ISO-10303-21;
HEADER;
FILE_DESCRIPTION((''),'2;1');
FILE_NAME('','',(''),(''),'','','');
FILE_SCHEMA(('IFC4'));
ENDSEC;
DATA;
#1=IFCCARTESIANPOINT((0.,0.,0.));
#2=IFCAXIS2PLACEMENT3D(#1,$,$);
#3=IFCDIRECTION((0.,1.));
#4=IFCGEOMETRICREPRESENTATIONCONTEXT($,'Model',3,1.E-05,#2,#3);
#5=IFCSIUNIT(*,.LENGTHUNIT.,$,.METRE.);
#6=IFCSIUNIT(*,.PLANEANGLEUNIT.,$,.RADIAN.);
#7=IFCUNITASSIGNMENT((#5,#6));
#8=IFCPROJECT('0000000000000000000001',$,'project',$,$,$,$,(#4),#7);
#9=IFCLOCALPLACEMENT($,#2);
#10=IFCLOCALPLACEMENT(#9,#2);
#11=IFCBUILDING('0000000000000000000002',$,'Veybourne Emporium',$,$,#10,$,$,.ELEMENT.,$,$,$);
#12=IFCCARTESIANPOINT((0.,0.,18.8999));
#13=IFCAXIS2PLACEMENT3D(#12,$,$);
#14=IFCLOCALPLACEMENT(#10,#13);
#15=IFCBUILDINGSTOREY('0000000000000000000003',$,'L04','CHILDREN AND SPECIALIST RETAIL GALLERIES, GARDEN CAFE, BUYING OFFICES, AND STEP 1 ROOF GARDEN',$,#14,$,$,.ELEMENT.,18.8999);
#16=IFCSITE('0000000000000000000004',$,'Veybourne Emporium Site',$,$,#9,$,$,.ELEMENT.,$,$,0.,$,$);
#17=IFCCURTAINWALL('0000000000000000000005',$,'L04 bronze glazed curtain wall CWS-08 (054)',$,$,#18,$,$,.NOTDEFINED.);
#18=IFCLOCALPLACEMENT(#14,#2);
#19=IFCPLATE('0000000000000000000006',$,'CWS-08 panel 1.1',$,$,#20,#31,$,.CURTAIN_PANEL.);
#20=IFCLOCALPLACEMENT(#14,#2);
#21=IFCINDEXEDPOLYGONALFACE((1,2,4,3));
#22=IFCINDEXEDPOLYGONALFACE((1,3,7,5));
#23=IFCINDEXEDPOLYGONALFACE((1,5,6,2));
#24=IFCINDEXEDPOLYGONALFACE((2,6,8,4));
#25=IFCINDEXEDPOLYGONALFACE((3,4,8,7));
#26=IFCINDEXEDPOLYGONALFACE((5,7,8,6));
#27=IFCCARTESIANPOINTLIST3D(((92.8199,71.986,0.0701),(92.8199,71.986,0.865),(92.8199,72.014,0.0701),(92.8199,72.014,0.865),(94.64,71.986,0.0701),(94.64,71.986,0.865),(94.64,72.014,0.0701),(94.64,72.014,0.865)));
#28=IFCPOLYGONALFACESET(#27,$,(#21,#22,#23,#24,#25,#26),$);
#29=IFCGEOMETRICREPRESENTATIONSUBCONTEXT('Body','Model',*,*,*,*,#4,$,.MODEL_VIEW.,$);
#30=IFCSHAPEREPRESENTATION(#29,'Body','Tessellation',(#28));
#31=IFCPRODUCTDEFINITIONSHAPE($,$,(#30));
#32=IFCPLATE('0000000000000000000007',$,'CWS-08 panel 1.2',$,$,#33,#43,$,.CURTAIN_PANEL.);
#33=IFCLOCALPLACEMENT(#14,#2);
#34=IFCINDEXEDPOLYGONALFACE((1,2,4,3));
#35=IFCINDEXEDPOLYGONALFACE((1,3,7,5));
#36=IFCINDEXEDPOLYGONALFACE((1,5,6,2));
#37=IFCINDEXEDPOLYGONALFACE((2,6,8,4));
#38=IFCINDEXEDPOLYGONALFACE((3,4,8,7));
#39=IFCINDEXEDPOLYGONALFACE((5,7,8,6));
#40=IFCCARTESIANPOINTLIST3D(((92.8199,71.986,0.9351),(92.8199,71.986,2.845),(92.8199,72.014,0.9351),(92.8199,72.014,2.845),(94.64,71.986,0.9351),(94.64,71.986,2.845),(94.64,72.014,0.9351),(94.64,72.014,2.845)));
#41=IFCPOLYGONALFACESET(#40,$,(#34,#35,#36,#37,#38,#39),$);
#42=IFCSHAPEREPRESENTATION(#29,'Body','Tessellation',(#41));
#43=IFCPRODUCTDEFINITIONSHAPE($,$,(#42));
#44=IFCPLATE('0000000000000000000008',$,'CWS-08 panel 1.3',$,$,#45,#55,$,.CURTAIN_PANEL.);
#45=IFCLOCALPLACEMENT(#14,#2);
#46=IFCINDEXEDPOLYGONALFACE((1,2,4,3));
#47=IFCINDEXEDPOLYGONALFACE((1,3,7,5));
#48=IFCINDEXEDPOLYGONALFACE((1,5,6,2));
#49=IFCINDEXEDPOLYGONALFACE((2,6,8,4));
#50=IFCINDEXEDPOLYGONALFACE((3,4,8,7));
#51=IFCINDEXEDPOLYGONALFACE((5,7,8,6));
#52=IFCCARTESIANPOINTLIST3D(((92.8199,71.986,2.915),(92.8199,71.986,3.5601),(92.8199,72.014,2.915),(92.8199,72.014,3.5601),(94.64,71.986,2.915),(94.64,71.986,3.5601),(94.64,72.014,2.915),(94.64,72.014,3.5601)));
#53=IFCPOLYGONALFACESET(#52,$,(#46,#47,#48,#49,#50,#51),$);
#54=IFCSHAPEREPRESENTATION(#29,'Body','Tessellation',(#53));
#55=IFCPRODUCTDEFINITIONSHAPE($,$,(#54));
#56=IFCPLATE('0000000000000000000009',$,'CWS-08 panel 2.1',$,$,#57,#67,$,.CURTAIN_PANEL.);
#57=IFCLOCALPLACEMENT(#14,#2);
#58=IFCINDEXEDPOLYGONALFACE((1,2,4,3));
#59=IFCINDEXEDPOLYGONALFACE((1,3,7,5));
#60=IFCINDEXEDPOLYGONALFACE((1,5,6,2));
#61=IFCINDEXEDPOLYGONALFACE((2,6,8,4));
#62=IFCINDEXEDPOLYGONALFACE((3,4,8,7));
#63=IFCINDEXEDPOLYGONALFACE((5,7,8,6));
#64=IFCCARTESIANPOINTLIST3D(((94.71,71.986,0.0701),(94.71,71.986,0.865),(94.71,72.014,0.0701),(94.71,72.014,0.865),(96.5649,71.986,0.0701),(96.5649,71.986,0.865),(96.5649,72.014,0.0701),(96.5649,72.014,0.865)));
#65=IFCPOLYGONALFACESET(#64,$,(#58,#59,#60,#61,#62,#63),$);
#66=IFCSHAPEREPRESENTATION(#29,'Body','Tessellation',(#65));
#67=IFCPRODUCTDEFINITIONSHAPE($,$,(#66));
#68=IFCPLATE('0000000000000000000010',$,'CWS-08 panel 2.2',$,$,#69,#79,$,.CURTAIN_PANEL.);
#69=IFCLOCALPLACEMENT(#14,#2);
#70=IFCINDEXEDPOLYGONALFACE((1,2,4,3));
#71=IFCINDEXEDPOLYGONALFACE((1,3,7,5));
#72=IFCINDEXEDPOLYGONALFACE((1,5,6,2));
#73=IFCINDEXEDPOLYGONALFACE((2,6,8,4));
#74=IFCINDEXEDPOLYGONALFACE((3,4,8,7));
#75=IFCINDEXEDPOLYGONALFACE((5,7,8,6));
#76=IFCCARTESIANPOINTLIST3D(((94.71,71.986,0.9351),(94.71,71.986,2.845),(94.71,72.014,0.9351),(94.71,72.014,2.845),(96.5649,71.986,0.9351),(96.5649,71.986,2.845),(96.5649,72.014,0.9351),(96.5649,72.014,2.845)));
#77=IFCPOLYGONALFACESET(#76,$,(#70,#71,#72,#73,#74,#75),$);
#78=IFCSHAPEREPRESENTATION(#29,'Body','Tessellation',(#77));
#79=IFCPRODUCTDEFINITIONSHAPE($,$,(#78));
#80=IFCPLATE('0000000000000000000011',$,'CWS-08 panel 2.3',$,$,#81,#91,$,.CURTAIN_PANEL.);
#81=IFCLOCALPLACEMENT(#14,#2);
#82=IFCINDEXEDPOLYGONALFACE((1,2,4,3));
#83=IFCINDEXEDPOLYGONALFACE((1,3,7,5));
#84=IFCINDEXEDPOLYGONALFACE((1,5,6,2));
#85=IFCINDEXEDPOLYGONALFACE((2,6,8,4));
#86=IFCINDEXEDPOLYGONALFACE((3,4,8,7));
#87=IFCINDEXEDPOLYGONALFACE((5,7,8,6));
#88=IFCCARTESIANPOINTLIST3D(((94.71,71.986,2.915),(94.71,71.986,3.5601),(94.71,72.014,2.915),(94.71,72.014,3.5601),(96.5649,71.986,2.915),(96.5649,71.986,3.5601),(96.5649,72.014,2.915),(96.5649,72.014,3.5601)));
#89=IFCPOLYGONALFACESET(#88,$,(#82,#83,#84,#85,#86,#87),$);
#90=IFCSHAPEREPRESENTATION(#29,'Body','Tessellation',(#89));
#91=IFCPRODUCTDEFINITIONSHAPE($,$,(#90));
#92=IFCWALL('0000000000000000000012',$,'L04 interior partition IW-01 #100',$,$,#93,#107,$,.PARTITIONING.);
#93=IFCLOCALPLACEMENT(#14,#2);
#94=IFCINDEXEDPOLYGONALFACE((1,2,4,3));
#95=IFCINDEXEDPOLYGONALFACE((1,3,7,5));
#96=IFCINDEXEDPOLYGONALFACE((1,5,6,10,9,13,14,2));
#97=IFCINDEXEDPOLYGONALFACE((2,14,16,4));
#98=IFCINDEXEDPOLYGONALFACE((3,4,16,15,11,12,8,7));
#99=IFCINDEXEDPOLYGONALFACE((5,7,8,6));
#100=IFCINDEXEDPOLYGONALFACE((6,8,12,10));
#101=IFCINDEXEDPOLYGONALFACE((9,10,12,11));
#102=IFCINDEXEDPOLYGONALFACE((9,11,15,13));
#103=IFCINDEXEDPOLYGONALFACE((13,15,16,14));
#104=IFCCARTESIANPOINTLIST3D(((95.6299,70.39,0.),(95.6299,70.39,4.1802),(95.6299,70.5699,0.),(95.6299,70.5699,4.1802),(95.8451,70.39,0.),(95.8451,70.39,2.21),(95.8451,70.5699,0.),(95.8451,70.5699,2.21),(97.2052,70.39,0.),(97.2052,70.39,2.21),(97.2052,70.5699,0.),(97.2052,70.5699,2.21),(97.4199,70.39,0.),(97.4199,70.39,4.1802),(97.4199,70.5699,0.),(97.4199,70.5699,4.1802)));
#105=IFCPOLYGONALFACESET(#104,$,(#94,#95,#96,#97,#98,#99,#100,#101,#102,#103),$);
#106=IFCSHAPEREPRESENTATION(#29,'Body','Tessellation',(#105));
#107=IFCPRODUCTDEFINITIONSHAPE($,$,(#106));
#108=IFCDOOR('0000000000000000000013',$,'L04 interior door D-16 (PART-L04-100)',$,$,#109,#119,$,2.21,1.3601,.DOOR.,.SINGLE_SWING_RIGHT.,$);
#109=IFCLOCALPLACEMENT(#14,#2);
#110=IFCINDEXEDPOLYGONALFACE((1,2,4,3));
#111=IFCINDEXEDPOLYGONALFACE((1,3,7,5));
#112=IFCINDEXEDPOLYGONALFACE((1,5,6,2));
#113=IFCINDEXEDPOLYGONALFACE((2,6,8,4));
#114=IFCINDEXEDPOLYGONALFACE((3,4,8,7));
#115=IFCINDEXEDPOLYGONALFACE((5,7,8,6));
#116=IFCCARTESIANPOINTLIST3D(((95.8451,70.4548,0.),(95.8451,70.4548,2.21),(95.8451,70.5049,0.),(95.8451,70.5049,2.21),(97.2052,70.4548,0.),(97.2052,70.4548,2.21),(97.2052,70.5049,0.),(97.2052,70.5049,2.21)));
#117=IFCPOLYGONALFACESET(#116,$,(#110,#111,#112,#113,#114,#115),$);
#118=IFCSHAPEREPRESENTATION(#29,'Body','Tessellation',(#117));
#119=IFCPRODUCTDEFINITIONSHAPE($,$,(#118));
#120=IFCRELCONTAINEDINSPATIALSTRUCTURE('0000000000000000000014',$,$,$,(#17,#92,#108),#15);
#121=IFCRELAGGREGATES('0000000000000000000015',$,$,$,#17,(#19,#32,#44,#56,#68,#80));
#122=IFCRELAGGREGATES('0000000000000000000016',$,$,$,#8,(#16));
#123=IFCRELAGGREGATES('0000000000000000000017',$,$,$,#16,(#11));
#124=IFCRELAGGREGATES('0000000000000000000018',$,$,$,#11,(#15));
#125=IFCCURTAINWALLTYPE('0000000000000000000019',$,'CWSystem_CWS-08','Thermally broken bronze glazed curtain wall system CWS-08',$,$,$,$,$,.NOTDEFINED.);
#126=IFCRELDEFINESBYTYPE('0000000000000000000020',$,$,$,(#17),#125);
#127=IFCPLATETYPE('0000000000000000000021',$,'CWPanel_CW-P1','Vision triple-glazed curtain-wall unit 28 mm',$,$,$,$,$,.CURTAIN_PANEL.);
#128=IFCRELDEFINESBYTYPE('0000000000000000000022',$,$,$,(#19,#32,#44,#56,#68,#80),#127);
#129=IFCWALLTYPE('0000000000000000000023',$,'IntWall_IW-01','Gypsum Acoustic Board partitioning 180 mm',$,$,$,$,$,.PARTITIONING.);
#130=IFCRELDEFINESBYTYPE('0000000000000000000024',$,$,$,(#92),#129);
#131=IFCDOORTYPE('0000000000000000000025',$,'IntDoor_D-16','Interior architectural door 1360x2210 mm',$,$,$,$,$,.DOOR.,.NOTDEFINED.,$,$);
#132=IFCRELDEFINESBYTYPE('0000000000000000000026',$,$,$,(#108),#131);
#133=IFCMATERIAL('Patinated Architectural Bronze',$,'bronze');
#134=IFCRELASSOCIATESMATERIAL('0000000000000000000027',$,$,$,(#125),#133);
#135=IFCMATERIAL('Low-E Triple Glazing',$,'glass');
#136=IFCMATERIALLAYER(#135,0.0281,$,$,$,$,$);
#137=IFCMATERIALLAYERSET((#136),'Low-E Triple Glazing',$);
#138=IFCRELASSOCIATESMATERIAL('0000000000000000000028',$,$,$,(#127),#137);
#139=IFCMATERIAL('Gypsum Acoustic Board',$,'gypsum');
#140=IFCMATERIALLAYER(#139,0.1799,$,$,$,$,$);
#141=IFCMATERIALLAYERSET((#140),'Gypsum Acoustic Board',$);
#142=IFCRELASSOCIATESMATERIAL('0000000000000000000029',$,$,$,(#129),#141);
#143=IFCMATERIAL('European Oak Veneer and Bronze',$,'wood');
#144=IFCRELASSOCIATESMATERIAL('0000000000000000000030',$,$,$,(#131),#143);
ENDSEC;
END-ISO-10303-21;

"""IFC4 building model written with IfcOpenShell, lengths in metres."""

from ifc_helpers import new_model, si_unit, direction, frame, frame_2d, origin, origin_2d, place, context, subcontext, project, spatial, rectangle, extrude, material, layer, layer_set, type_object, element, fill, aggregate, save


model = new_model("IFC4")

# Units and contexts
model_context = context("Model", 3, precision=1e-05, world=origin(), true_north=direction((0.0, 1.0)))
body_context = subcontext(model_context, "Body", "Model", "MODEL_VIEW")
ifc_project = project(units=[si_unit("LENGTHUNIT", "METRE"), si_unit("PLANEANGLEUNIT", "RADIAN")], contexts=[model_context])

# Site, building, storey
site_placement = place(None, origin())
site = spatial("IfcSite", under=ifc_project, at=site_placement, Name="Veybourne Emporium Site", CompositionType="ELEMENT", RefElevation=0.0)
building_placement = place(site_placement, origin())
building = spatial("IfcBuilding", under=site, at=building_placement, Name="Veybourne Emporium", CompositionType="ELEMENT")
storey_placement = place(building_placement, frame((0.0, 0.0, 18.8999)))
storey = spatial("IfcBuildingStorey", under=building, at=storey_placement, Name="L04", Description="CHILDREN AND SPECIALIST RETAIL GALLERIES, GARDEN CAFE, BUYING OFFICES, AND STEP 1 ROOF GARDEN", CompositionType="ELEMENT", Elevation=18.8999)

# Curtain wall
ifc_material_1 = material(Name="Patinated Architectural Bronze", Category="bronze")
curtain_wall_type = type_object("IfcCurtainWallType", Name="CWSystem_CWS-08", Description="Thermally broken bronze glazed curtain wall system CWS-08", PredefinedType="NOTDEFINED", material=ifc_material_1)
curtain_wall_placement = place(storey_placement, origin())
curtain_wall = element("IfcCurtainWall", 1, at=curtain_wall_placement, inside=storey, type_object=curtain_wall_type, Name="L04 bronze glazed curtain wall CWS-08 (054)", PredefinedType="NOTDEFINED")

# Plates
ifc_material_2 = material(Name="Low-E Triple Glazing", Category="glass")
ifc_layer_1 = layer(ifc_material_2, 0.0281)
ifc_layer_set_1 = layer_set([ifc_layer_1], Name="Low-E Triple Glazing")
plate_type = type_object("IfcPlateType", Name="CWPanel_CW-P1", Description="Vision triple-glazed curtain-wall unit 28 mm", PredefinedType="CURTAIN_PANEL", material=ifc_layer_set_1)
plate_1_placement = place(storey_placement, frame((93.73, 72.0, 0.0701), z_axis=(0.0, 0.0, 1.0), x_axis=(1.0, 0.0, 0.0)))
plate_1 = element("IfcPlate", 2, at=plate_1_placement, type_object=plate_type, Name="CWS-08 panel 1.1", PredefinedType="CURTAIN_PANEL", context=body_context, shape_type="SweptSolid", body=[
    extrude(rectangle(XDim=1.8201, YDim=0.0281, at=origin_2d()), origin(), (0.0, 0.0, 1.0), 0.7949),
])
plate_2_placement = place(storey_placement, frame((93.73, 72.0, 0.9351), z_axis=(0.0, 0.0, 1.0), x_axis=(1.0, 0.0, 0.0)))
plate_2 = element("IfcPlate", 3, at=plate_2_placement, type_object=plate_type, Name="CWS-08 panel 1.2", PredefinedType="CURTAIN_PANEL", context=body_context, shape_type="SweptSolid", body=[
    extrude(rectangle(XDim=1.8201, YDim=0.0281, at=origin_2d()), origin(), (0.0, 0.0, 1.0), 1.9099),
])
plate_3_placement = place(storey_placement, frame((93.73, 72.0, 2.915), z_axis=(0.0, 0.0, 1.0), x_axis=(1.0, 0.0, 0.0)))
plate_3 = element("IfcPlate", 4, at=plate_3_placement, type_object=plate_type, Name="CWS-08 panel 1.3", PredefinedType="CURTAIN_PANEL", context=body_context, shape_type="SweptSolid", body=[
    extrude(rectangle(XDim=1.8201, YDim=0.0281, at=origin_2d()), origin(), (0.0, 0.0, 1.0), 0.645),
])
plate_4_placement = place(storey_placement, frame((95.6375, 72.0, 0.0701), z_axis=(0.0, 0.0, 1.0), x_axis=(1.0, 0.0, 0.0)))
plate_4 = element("IfcPlate", 5, at=plate_4_placement, type_object=plate_type, Name="CWS-08 panel 2.1", PredefinedType="CURTAIN_PANEL", context=body_context, shape_type="SweptSolid", body=[
    extrude(rectangle(XDim=1.855, YDim=0.0281, at=origin_2d()), origin(), (0.0, 0.0, 1.0), 0.7949),
])
plate_5_placement = place(storey_placement, frame((95.6375, 72.0, 0.9351), z_axis=(0.0, 0.0, 1.0), x_axis=(1.0, 0.0, 0.0)))
plate_5 = element("IfcPlate", 6, at=plate_5_placement, type_object=plate_type, Name="CWS-08 panel 2.2", PredefinedType="CURTAIN_PANEL", context=body_context, shape_type="SweptSolid", body=[
    extrude(rectangle(XDim=1.855, YDim=0.0281, at=origin_2d()), origin(), (0.0, 0.0, 1.0), 1.9099),
])
plate_6_placement = place(storey_placement, frame((95.6375, 72.0, 2.915), z_axis=(0.0, 0.0, 1.0), x_axis=(1.0, 0.0, 0.0)))
plate_6 = element("IfcPlate", 7, at=plate_6_placement, type_object=plate_type, Name="CWS-08 panel 2.3", PredefinedType="CURTAIN_PANEL", context=body_context, shape_type="SweptSolid", body=[
    extrude(rectangle(XDim=1.855, YDim=0.0281, at=origin_2d()), origin(), (0.0, 0.0, 1.0), 0.645),
])
aggregate(curtain_wall, [plate_1, plate_2, plate_3, plate_4, plate_5, plate_6])

# Wall, opening, door
ifc_material_3 = material(Name="Gypsum Acoustic Board", Category="gypsum")
ifc_layer_2 = layer(ifc_material_3, 0.1799)
ifc_layer_set_2 = layer_set([ifc_layer_2], Name="Gypsum Acoustic Board")
wall_type = type_object("IfcWallType", Name="IntWall_IW-01", Description="Gypsum Acoustic Board partitioning 180 mm", PredefinedType="PARTITIONING", material=ifc_layer_set_2)
wall_placement = place(storey_placement, frame((95.6299, 70.48, 0.0), z_axis=(0.0, 0.0, 1.0), x_axis=(1.0, 0.0, 0.0)))
wall = element("IfcWall", 8, at=wall_placement, inside=storey, type_object=wall_type, Name="L04 interior partition IW-01 #100", PredefinedType="PARTITIONING", context=body_context, shape_type="SweptSolid", body=[
    extrude(rectangle(XDim=1.79, YDim=0.1799, at=frame_2d((0.895, 0.0))), origin(), (0.0, 0.0, 1.0), 4.1802),
])
opening_placement = place(wall_placement, frame((0.2151, 0.0, 0.0)))
opening = element("IfcOpeningElement", 9, at=opening_placement, cuts=wall, PredefinedType="OPENING", context=body_context, shape_type="SweptSolid", body=[
    extrude(rectangle(XDim=1.3601, YDim=2.21, at=frame_2d((0.6802, 1.105))), frame((0.0, 0.1099, 0.0), z_axis=(0.0, -1.0, 0.0), x_axis=(1.0, 0.0, 0.0)), (0.0, 0.0, 1.0), 0.22),
])
ifc_material_4 = material(Name="European Oak Veneer and Bronze", Category="wood")
door_type = type_object("IfcDoorType", Name="IntDoor_D-16", Description="Interior architectural door 1360x2210 mm", OperationType="NOTDEFINED", PredefinedType="DOOR", material=ifc_material_4)
door_placement = place(opening_placement, origin())
door = element("IfcDoor", 10, at=door_placement, inside=storey, type_object=door_type, Name="L04 interior door D-16 (PART-L04-100)", OperationType="SINGLE_SWING_RIGHT", OverallHeight=2.21, OverallWidth=1.3601, PredefinedType="DOOR", context=body_context, shape_type="SweptSolid", body=[
    extrude(rectangle(XDim=1.3601, YDim=2.21, at=frame_2d((0.6802, 1.105))), frame((0.0, 0.0249, 0.0), z_axis=(0.0, -1.0, 0.0), x_axis=(1.0, 0.0, 0.0)), (0.0, 0.0, 1.0), 0.05),
])
fill(opening, door)

save(model, "model.ifc")
